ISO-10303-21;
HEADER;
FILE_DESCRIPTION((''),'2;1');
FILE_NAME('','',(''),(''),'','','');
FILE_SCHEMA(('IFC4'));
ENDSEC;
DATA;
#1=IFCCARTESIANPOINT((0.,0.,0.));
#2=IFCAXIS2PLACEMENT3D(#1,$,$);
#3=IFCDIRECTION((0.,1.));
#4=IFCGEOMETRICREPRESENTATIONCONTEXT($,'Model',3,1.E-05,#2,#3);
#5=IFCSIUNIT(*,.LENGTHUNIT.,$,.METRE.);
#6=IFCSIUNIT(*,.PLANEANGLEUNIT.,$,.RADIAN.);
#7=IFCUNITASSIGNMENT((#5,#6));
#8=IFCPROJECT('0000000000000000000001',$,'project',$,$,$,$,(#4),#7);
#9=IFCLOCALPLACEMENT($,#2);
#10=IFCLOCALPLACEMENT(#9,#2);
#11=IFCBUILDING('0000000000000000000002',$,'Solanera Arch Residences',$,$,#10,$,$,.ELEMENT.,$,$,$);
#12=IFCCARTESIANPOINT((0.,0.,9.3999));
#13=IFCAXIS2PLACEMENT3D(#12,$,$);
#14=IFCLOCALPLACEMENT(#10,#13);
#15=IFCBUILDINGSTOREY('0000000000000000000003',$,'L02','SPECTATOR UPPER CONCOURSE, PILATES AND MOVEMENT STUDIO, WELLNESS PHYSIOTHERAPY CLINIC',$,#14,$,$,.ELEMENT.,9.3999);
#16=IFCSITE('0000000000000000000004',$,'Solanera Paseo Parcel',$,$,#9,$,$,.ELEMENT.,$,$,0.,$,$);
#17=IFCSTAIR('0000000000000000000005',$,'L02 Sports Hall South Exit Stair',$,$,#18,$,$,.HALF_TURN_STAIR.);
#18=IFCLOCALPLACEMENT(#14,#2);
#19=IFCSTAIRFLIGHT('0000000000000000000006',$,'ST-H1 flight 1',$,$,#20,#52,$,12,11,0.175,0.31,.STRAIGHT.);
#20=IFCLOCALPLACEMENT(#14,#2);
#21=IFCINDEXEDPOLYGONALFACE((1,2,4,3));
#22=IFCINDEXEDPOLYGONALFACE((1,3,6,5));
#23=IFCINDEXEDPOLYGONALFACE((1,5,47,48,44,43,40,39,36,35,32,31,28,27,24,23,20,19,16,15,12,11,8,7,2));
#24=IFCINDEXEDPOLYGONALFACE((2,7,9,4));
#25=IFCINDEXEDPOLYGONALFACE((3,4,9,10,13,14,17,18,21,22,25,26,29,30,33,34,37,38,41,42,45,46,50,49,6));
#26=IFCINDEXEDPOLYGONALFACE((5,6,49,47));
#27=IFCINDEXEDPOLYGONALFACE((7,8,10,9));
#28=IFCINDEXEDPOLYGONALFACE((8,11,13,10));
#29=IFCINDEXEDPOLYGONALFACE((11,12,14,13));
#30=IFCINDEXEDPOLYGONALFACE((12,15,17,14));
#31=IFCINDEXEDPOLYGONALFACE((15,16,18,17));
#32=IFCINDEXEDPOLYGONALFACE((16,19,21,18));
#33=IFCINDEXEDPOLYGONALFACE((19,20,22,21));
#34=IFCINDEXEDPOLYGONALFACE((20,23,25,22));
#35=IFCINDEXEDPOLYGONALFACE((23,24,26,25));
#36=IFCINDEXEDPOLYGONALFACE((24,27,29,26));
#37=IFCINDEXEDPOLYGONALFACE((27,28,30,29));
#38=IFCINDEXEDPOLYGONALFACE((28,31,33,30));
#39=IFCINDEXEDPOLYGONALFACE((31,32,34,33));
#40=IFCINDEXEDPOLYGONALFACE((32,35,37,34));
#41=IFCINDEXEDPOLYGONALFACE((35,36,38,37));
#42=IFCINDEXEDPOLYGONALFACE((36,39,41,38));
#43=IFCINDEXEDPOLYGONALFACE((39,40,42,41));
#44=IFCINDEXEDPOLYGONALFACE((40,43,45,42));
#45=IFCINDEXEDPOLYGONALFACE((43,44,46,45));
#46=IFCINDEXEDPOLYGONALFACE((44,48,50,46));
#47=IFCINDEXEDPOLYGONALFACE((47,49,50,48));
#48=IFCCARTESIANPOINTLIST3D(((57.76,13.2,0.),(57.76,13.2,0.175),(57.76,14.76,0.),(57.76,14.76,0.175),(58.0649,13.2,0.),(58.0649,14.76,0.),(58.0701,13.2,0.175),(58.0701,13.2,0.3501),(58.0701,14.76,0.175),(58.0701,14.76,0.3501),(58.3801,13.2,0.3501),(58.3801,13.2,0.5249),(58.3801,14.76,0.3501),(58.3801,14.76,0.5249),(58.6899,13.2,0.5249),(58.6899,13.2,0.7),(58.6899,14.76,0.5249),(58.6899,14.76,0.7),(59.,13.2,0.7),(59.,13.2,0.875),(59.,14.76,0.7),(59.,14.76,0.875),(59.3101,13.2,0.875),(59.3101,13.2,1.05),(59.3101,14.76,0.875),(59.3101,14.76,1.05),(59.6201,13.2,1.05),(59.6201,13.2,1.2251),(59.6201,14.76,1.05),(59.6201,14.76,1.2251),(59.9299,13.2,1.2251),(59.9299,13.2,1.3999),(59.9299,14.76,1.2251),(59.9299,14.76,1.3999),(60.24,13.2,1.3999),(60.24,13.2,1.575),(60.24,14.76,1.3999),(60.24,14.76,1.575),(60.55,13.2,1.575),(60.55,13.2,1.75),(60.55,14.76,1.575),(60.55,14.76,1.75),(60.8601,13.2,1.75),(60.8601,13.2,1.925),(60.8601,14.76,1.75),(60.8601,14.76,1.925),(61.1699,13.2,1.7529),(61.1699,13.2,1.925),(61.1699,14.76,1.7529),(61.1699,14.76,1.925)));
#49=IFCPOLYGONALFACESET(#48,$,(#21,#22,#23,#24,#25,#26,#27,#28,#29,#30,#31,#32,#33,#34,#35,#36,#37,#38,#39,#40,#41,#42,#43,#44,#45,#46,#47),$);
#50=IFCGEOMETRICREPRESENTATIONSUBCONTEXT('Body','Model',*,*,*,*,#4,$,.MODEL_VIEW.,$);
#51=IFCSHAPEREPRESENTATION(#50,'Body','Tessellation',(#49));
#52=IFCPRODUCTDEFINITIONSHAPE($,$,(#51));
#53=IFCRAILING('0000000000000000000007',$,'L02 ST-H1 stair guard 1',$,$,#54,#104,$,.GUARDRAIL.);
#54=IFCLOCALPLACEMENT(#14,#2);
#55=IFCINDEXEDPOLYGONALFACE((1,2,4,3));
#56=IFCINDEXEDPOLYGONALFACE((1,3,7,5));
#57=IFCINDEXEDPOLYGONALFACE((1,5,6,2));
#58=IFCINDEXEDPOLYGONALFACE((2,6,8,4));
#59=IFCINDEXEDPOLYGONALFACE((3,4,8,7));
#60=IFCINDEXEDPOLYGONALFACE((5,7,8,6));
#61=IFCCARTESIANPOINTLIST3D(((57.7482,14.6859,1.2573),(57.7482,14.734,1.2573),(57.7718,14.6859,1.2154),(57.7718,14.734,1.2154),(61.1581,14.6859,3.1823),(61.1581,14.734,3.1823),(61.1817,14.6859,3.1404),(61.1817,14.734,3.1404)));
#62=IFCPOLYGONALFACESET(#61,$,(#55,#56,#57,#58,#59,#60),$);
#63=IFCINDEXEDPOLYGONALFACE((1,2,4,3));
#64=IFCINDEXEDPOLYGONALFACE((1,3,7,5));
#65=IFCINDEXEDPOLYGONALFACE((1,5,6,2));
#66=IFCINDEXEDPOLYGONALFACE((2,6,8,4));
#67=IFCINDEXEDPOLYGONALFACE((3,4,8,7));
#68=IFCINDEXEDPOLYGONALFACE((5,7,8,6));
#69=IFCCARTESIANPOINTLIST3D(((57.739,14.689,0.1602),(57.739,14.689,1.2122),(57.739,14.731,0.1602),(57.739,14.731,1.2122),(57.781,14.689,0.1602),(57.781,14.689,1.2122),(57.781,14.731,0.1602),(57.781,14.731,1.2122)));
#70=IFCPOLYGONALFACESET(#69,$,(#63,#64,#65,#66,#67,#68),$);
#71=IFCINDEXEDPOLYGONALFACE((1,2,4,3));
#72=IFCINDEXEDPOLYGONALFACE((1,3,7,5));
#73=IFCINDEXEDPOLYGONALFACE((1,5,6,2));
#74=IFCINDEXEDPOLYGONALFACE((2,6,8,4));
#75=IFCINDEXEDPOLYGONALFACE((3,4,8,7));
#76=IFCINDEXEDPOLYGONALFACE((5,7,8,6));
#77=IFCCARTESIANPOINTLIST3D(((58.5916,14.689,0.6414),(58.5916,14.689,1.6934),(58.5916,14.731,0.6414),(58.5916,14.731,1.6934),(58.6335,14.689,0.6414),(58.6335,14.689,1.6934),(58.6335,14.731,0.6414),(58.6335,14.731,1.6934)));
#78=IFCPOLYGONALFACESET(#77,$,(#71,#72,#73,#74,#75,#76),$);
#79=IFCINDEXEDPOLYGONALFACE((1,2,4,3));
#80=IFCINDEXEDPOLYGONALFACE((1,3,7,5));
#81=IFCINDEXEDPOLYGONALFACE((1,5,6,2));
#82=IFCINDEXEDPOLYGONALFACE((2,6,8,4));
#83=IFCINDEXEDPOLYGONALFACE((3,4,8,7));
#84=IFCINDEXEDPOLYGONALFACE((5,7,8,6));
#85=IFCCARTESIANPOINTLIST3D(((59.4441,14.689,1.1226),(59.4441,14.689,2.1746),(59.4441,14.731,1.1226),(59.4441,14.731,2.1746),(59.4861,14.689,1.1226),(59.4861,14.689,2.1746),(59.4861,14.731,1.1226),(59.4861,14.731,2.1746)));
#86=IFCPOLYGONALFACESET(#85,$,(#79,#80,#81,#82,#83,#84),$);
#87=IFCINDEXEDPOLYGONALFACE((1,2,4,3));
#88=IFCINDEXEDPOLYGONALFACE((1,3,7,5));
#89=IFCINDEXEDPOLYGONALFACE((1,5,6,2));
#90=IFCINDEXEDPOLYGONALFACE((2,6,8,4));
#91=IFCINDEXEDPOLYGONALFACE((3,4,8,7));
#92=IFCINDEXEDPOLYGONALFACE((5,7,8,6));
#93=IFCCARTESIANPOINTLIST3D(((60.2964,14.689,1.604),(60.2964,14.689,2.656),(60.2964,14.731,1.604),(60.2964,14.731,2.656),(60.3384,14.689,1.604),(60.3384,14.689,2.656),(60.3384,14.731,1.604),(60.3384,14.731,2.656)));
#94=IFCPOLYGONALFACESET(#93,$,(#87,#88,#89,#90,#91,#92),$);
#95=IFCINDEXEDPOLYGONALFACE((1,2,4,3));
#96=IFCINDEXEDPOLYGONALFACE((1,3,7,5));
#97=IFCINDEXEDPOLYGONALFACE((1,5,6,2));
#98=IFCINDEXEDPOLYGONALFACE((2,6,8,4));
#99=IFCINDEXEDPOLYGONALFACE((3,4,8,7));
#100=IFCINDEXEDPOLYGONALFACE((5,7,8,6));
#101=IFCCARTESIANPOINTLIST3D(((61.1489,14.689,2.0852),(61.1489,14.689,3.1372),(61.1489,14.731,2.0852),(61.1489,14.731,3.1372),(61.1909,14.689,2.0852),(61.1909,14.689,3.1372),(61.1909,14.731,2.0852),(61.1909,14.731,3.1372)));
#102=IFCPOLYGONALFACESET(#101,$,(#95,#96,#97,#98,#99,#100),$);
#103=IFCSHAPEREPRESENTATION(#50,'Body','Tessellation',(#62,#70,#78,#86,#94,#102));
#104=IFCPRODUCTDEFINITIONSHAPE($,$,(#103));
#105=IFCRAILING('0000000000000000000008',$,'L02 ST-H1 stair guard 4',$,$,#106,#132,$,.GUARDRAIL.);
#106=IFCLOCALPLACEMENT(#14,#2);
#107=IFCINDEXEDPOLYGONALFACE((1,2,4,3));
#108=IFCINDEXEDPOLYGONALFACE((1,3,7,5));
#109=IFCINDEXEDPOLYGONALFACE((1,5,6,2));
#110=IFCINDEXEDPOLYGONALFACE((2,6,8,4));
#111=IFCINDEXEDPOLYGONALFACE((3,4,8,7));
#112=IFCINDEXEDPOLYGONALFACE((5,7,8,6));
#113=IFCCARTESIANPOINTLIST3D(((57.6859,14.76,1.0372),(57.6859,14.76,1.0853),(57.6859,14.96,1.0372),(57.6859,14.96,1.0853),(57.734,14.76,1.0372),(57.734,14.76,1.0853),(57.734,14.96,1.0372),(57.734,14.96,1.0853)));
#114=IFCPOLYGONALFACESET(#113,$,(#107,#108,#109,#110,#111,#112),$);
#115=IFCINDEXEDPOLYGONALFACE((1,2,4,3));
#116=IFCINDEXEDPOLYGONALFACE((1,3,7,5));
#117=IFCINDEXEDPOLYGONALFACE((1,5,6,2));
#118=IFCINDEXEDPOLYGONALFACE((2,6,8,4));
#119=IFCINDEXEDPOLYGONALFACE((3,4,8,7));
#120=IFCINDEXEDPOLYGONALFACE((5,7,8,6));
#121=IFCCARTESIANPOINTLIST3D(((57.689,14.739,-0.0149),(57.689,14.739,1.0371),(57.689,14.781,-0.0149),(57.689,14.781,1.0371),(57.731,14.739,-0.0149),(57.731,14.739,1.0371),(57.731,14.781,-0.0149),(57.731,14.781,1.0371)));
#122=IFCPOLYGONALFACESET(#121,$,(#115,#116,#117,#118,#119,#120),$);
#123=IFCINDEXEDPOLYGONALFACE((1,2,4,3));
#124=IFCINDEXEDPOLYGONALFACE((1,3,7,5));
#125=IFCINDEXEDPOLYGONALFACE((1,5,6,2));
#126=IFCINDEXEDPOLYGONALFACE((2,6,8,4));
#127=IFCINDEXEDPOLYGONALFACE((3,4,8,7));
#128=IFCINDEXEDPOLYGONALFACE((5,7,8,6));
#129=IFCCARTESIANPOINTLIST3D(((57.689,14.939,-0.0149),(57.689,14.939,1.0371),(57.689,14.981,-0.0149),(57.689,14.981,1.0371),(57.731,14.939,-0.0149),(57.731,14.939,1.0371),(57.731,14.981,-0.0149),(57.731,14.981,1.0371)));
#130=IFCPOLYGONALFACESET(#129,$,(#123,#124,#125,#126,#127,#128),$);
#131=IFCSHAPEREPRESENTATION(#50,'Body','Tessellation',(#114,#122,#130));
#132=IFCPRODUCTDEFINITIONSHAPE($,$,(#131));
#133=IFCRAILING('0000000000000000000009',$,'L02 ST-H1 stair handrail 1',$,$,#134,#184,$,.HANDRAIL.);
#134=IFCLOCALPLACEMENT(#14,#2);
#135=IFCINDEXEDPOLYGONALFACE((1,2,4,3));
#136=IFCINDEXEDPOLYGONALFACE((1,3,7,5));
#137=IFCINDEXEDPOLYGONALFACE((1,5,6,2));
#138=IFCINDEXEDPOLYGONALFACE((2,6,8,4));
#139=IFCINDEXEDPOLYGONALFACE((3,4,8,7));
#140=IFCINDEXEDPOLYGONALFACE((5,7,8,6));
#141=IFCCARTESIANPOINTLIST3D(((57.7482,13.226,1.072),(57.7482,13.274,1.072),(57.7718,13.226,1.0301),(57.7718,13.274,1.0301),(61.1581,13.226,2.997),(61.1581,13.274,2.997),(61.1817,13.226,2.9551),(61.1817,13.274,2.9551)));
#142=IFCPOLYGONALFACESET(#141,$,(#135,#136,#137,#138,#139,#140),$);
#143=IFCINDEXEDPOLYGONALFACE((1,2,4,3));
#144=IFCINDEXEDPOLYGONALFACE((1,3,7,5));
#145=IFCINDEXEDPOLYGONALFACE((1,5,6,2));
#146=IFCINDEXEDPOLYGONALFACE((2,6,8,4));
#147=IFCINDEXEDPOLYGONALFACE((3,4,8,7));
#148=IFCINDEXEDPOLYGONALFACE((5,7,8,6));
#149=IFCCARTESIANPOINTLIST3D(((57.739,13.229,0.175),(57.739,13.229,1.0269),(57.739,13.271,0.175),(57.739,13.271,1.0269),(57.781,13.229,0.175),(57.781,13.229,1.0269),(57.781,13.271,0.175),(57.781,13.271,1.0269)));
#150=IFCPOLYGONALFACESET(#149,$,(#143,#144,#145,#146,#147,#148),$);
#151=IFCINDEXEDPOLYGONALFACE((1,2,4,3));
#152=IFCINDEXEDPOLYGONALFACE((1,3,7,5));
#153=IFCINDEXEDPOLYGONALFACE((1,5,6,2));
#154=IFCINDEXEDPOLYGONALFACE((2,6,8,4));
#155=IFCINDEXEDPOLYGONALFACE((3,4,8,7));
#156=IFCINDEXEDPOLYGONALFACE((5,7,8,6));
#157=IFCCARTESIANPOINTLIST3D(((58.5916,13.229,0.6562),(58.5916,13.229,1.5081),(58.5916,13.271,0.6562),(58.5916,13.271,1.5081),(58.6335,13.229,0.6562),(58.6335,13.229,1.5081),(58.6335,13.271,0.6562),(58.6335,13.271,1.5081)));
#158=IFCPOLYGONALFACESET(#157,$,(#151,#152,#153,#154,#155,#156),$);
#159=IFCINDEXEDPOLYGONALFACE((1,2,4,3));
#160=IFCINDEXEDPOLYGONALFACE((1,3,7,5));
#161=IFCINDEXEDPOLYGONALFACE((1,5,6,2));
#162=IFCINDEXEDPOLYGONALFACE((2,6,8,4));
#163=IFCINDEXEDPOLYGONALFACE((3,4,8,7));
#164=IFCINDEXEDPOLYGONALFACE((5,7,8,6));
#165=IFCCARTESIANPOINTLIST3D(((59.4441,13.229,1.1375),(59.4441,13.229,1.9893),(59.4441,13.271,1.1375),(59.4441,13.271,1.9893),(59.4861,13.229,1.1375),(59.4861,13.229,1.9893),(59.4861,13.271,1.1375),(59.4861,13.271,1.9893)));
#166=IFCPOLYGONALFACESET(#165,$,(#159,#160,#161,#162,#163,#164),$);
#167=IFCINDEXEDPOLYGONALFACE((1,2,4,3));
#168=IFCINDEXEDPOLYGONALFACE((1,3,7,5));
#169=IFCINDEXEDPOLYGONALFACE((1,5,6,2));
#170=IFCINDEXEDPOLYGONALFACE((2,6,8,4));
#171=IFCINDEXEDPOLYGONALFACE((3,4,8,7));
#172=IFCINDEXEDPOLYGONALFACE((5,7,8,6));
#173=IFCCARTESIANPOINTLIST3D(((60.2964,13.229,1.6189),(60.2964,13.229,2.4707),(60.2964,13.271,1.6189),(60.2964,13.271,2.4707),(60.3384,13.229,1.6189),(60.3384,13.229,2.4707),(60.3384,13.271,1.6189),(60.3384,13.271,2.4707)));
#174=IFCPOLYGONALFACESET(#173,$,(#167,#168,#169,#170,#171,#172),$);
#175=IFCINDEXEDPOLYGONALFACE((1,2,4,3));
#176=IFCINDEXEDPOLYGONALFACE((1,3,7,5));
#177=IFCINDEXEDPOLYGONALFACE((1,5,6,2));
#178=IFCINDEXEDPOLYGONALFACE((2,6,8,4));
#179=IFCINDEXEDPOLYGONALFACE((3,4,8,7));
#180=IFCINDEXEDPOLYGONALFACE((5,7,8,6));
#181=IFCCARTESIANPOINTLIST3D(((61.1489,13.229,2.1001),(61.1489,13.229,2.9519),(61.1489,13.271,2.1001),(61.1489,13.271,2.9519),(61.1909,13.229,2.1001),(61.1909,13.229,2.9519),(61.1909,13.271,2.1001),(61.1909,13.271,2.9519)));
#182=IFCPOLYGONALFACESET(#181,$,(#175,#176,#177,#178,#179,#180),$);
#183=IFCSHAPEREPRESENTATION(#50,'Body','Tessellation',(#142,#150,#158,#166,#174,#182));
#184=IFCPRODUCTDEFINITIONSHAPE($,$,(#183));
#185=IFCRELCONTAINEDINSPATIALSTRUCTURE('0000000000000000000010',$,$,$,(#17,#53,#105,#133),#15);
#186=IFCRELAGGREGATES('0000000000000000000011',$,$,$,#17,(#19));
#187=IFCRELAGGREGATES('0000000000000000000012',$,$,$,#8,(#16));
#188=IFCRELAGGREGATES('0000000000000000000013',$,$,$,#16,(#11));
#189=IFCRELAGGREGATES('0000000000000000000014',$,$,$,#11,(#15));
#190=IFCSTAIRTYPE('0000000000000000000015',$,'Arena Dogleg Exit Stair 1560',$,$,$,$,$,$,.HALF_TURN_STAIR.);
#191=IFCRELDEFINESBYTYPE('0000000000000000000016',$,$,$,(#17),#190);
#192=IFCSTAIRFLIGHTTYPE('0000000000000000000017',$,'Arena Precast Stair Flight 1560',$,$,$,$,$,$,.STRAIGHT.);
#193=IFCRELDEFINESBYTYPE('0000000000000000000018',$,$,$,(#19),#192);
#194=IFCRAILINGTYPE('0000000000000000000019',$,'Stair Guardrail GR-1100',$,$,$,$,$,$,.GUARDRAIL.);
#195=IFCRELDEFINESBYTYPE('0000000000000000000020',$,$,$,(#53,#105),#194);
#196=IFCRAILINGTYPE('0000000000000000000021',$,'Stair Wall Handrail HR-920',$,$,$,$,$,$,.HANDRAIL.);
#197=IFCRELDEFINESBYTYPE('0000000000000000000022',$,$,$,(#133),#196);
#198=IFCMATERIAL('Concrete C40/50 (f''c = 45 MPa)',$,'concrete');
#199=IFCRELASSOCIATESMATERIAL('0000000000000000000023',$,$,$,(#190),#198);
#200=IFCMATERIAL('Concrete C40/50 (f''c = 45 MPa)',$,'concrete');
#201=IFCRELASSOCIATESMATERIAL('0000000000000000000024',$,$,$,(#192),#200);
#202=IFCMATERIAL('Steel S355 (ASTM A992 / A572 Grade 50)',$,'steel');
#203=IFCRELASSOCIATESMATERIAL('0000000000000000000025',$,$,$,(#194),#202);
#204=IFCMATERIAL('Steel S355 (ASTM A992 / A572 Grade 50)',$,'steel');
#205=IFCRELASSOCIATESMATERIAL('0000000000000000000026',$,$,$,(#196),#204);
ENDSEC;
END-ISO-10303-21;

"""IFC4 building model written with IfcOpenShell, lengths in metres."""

from ifc_helpers import new_model, si_unit, direction, frame, origin, origin_2d, place, context, subcontext, project, spatial, polyline, rectangle, outline, extrude, material, type_object, element, aggregate, save


model = new_model("IFC4")

# Units and contexts
model_context = context("Model", 3, precision=1e-05, world=origin(), true_north=direction((0.0, 1.0)))
body_context = subcontext(model_context, "Body", "Model", "MODEL_VIEW")
ifc_project = project(units=[si_unit("LENGTHUNIT", "METRE"), si_unit("PLANEANGLEUNIT", "RADIAN")], contexts=[model_context])

# Site, building, storey
site_placement = place(None, origin())
site = spatial("IfcSite", under=ifc_project, at=site_placement, Name="Solanera Paseo Parcel", CompositionType="ELEMENT", RefElevation=0.0)
building_placement = place(site_placement, origin())
building = spatial("IfcBuilding", under=site, at=building_placement, Name="Solanera Arch Residences", CompositionType="ELEMENT")
storey_placement = place(building_placement, frame((0.0, 0.0, 9.3999)))
storey = spatial("IfcBuildingStorey", under=building, at=storey_placement, Name="L02", Description="SPECTATOR UPPER CONCOURSE, PILATES AND MOVEMENT STUDIO, WELLNESS PHYSIOTHERAPY CLINIC", CompositionType="ELEMENT", Elevation=9.3999)

# Stair, stair flight
ifc_material_1 = material(Name="Concrete C40/50 (f'c = 45 MPa)", Category="concrete")
stair_type = type_object("IfcStairType", Name="Arena Dogleg Exit Stair 1560", PredefinedType="HALF_TURN_STAIR", material=ifc_material_1)
stair_placement = place(storey_placement, origin())
stair = element("IfcStair", 1, at=stair_placement, inside=storey, type_object=stair_type, Name="L02 Sports Hall South Exit Stair", PredefinedType="HALF_TURN_STAIR")
ifc_material_2 = material(Name="Concrete C40/50 (f'c = 45 MPa)", Category="concrete")
stair_flight_type = type_object("IfcStairFlightType", Name="Arena Precast Stair Flight 1560", PredefinedType="STRAIGHT", material=ifc_material_2)
stair_flight_placement = place(storey_placement, frame((57.76, 13.98, 0.0), z_axis=(0.0, 0.0, 1.0), x_axis=(1.0, 0.0, 0.0)))
stair_flight = element("IfcStairFlight", 2, at=stair_flight_placement, type_object=stair_flight_type, Name="ST-H1 flight 1", NumberOfRisers=12, NumberOfTreads=11, PredefinedType="STRAIGHT", RiserHeight=0.175, TreadLength=0.31, context=body_context, shape_type="SweptSolid", body=[
    extrude(outline(polyline([(0.0, 0.0), (0.0, 0.175), (0.3101, 0.175), (0.3101, 0.3501), (0.6201, 0.3501), (0.6201, 0.5249), (0.9299, 0.5249), (0.9299, 0.7), (1.24, 0.7), (1.24, 0.875), (1.55, 0.875), (1.55, 1.05), (1.8601, 1.05), (1.8601, 1.2251), (2.1699, 1.2251), (2.1699, 1.3999), (2.48, 1.3999), (2.48, 1.575), (2.79, 1.575), (2.79, 1.75), (3.1001, 1.75), (3.1001, 1.925), (3.4099, 1.925), (3.4099, 2.1001), (3.4099, 1.7529), (0.3049, 0.0), (0.0, 0.0)])), frame((0.0, 0.78, 0.0), z_axis=(0.0, -1.0, 0.0), x_axis=(1.0, 0.0, 0.0)), (0.0, 0.0, 1.0), 1.5601),
])
aggregate(stair, [stair_flight])

# Railings
ifc_material_3 = material(Name="Steel S355 (ASTM A992 / A572 Grade 50)", Category="steel")
railing_type_1 = type_object("IfcRailingType", Name="Stair Guardrail GR-1100", PredefinedType="GUARDRAIL", material=ifc_material_3)
railing_1_placement = place(storey_placement, frame((57.76, 14.71, 0.1602)))
element("IfcRailing", 3, at=railing_1_placement, inside=storey, type_object=railing_type_1, Name="L02 ST-H1 stair guard 1", PredefinedType="GUARDRAIL", context=body_context, shape_type="SweptSolid", body=[
    extrude(rectangle(XDim=0.0481, YDim=0.0481, at=origin_2d()), frame((0.0, 0.0, 1.0762), z_axis=(0.870814, 0.0, 0.491613), x_axis=(0.0, 1.0, 0.0)), (0.0, 0.0, 1.0), 3.9158),
    extrude(rectangle(XDim=0.042, YDim=0.042, at=origin_2d()), origin(), (0.0, 0.0, 1.0), 1.052),
    extrude(rectangle(XDim=0.042, YDim=0.042, at=origin_2d()), frame((0.8525, 0.0, 0.4812)), (0.0, 0.0, 1.0), 1.052),
    extrude(rectangle(XDim=0.042, YDim=0.042, at=origin_2d()), frame((1.7051, 0.0, 0.9624)), (0.0, 0.0, 1.0), 1.052),
    extrude(rectangle(XDim=0.042, YDim=0.042, at=origin_2d()), frame((2.5574, 0.0, 1.4438)), (0.0, 0.0, 1.0), 1.052),
    extrude(rectangle(XDim=0.042, YDim=0.042, at=origin_2d()), frame((3.4099, 0.0, 1.925)), (0.0, 0.0, 1.0), 1.052),
])
railing_2_placement = place(storey_placement, frame((57.71, 14.76, -0.0149)))
element("IfcRailing", 4, at=railing_2_placement, inside=storey, type_object=railing_type_1, Name="L02 ST-H1 stair guard 4", PredefinedType="GUARDRAIL", context=body_context, shape_type="SweptSolid", body=[
    extrude(rectangle(XDim=0.0481, YDim=0.0481, at=origin_2d()), frame((0.0, 0.0, 1.0762), z_axis=(0.0, 1.0, 0.0), x_axis=(-1.0, 0.0, 0.0)), (0.0, 0.0, 1.0), 0.2),
    extrude(rectangle(XDim=0.042, YDim=0.042, at=origin_2d()), origin(), (0.0, 0.0, 1.0), 1.052),
    extrude(rectangle(XDim=0.042, YDim=0.042, at=origin_2d()), frame((0.0, 0.2, 0.0)), (0.0, 0.0, 1.0), 1.052),
])
ifc_material_4 = material(Name="Steel S355 (ASTM A992 / A572 Grade 50)", Category="steel")
railing_type_2 = type_object("IfcRailingType", Name="Stair Wall Handrail HR-920", PredefinedType="HANDRAIL", material=ifc_material_4)
railing_3_placement = place(storey_placement, frame((57.76, 13.25, 0.175)))
element("IfcRailing", 5, at=railing_3_placement, inside=storey, type_object=railing_type_2, Name="L02 ST-H1 stair handrail 1", PredefinedType="HANDRAIL", context=body_context, shape_type="SweptSolid", body=[
    extrude(rectangle(XDim=0.0481, YDim=0.0481, at=origin_2d()), frame((0.0, 0.0, 0.876), z_axis=(0.870814, 0.0, 0.491613), x_axis=(0.0, 1.0, 0.0)), (0.0, 0.0, 1.0), 3.9158),
    extrude(rectangle(XDim=0.042, YDim=0.042, at=origin_2d()), origin(), (0.0, 0.0, 1.0), 0.8518),
    extrude(rectangle(XDim=0.042, YDim=0.042, at=origin_2d()), frame((0.8525, 0.0, 0.4812)), (0.0, 0.0, 1.0), 0.8518),
    extrude(rectangle(XDim=0.042, YDim=0.042, at=origin_2d()), frame((1.7051, 0.0, 0.9624)), (0.0, 0.0, 1.0), 0.8518),
    extrude(rectangle(XDim=0.042, YDim=0.042, at=origin_2d()), frame((2.5574, 0.0, 1.4438)), (0.0, 0.0, 1.0), 0.8518),
    extrude(rectangle(XDim=0.042, YDim=0.042, at=origin_2d()), frame((3.4099, 0.0, 1.925)), (0.0, 0.0, 1.0), 0.8518),
])

save(model, "model.ifc")
